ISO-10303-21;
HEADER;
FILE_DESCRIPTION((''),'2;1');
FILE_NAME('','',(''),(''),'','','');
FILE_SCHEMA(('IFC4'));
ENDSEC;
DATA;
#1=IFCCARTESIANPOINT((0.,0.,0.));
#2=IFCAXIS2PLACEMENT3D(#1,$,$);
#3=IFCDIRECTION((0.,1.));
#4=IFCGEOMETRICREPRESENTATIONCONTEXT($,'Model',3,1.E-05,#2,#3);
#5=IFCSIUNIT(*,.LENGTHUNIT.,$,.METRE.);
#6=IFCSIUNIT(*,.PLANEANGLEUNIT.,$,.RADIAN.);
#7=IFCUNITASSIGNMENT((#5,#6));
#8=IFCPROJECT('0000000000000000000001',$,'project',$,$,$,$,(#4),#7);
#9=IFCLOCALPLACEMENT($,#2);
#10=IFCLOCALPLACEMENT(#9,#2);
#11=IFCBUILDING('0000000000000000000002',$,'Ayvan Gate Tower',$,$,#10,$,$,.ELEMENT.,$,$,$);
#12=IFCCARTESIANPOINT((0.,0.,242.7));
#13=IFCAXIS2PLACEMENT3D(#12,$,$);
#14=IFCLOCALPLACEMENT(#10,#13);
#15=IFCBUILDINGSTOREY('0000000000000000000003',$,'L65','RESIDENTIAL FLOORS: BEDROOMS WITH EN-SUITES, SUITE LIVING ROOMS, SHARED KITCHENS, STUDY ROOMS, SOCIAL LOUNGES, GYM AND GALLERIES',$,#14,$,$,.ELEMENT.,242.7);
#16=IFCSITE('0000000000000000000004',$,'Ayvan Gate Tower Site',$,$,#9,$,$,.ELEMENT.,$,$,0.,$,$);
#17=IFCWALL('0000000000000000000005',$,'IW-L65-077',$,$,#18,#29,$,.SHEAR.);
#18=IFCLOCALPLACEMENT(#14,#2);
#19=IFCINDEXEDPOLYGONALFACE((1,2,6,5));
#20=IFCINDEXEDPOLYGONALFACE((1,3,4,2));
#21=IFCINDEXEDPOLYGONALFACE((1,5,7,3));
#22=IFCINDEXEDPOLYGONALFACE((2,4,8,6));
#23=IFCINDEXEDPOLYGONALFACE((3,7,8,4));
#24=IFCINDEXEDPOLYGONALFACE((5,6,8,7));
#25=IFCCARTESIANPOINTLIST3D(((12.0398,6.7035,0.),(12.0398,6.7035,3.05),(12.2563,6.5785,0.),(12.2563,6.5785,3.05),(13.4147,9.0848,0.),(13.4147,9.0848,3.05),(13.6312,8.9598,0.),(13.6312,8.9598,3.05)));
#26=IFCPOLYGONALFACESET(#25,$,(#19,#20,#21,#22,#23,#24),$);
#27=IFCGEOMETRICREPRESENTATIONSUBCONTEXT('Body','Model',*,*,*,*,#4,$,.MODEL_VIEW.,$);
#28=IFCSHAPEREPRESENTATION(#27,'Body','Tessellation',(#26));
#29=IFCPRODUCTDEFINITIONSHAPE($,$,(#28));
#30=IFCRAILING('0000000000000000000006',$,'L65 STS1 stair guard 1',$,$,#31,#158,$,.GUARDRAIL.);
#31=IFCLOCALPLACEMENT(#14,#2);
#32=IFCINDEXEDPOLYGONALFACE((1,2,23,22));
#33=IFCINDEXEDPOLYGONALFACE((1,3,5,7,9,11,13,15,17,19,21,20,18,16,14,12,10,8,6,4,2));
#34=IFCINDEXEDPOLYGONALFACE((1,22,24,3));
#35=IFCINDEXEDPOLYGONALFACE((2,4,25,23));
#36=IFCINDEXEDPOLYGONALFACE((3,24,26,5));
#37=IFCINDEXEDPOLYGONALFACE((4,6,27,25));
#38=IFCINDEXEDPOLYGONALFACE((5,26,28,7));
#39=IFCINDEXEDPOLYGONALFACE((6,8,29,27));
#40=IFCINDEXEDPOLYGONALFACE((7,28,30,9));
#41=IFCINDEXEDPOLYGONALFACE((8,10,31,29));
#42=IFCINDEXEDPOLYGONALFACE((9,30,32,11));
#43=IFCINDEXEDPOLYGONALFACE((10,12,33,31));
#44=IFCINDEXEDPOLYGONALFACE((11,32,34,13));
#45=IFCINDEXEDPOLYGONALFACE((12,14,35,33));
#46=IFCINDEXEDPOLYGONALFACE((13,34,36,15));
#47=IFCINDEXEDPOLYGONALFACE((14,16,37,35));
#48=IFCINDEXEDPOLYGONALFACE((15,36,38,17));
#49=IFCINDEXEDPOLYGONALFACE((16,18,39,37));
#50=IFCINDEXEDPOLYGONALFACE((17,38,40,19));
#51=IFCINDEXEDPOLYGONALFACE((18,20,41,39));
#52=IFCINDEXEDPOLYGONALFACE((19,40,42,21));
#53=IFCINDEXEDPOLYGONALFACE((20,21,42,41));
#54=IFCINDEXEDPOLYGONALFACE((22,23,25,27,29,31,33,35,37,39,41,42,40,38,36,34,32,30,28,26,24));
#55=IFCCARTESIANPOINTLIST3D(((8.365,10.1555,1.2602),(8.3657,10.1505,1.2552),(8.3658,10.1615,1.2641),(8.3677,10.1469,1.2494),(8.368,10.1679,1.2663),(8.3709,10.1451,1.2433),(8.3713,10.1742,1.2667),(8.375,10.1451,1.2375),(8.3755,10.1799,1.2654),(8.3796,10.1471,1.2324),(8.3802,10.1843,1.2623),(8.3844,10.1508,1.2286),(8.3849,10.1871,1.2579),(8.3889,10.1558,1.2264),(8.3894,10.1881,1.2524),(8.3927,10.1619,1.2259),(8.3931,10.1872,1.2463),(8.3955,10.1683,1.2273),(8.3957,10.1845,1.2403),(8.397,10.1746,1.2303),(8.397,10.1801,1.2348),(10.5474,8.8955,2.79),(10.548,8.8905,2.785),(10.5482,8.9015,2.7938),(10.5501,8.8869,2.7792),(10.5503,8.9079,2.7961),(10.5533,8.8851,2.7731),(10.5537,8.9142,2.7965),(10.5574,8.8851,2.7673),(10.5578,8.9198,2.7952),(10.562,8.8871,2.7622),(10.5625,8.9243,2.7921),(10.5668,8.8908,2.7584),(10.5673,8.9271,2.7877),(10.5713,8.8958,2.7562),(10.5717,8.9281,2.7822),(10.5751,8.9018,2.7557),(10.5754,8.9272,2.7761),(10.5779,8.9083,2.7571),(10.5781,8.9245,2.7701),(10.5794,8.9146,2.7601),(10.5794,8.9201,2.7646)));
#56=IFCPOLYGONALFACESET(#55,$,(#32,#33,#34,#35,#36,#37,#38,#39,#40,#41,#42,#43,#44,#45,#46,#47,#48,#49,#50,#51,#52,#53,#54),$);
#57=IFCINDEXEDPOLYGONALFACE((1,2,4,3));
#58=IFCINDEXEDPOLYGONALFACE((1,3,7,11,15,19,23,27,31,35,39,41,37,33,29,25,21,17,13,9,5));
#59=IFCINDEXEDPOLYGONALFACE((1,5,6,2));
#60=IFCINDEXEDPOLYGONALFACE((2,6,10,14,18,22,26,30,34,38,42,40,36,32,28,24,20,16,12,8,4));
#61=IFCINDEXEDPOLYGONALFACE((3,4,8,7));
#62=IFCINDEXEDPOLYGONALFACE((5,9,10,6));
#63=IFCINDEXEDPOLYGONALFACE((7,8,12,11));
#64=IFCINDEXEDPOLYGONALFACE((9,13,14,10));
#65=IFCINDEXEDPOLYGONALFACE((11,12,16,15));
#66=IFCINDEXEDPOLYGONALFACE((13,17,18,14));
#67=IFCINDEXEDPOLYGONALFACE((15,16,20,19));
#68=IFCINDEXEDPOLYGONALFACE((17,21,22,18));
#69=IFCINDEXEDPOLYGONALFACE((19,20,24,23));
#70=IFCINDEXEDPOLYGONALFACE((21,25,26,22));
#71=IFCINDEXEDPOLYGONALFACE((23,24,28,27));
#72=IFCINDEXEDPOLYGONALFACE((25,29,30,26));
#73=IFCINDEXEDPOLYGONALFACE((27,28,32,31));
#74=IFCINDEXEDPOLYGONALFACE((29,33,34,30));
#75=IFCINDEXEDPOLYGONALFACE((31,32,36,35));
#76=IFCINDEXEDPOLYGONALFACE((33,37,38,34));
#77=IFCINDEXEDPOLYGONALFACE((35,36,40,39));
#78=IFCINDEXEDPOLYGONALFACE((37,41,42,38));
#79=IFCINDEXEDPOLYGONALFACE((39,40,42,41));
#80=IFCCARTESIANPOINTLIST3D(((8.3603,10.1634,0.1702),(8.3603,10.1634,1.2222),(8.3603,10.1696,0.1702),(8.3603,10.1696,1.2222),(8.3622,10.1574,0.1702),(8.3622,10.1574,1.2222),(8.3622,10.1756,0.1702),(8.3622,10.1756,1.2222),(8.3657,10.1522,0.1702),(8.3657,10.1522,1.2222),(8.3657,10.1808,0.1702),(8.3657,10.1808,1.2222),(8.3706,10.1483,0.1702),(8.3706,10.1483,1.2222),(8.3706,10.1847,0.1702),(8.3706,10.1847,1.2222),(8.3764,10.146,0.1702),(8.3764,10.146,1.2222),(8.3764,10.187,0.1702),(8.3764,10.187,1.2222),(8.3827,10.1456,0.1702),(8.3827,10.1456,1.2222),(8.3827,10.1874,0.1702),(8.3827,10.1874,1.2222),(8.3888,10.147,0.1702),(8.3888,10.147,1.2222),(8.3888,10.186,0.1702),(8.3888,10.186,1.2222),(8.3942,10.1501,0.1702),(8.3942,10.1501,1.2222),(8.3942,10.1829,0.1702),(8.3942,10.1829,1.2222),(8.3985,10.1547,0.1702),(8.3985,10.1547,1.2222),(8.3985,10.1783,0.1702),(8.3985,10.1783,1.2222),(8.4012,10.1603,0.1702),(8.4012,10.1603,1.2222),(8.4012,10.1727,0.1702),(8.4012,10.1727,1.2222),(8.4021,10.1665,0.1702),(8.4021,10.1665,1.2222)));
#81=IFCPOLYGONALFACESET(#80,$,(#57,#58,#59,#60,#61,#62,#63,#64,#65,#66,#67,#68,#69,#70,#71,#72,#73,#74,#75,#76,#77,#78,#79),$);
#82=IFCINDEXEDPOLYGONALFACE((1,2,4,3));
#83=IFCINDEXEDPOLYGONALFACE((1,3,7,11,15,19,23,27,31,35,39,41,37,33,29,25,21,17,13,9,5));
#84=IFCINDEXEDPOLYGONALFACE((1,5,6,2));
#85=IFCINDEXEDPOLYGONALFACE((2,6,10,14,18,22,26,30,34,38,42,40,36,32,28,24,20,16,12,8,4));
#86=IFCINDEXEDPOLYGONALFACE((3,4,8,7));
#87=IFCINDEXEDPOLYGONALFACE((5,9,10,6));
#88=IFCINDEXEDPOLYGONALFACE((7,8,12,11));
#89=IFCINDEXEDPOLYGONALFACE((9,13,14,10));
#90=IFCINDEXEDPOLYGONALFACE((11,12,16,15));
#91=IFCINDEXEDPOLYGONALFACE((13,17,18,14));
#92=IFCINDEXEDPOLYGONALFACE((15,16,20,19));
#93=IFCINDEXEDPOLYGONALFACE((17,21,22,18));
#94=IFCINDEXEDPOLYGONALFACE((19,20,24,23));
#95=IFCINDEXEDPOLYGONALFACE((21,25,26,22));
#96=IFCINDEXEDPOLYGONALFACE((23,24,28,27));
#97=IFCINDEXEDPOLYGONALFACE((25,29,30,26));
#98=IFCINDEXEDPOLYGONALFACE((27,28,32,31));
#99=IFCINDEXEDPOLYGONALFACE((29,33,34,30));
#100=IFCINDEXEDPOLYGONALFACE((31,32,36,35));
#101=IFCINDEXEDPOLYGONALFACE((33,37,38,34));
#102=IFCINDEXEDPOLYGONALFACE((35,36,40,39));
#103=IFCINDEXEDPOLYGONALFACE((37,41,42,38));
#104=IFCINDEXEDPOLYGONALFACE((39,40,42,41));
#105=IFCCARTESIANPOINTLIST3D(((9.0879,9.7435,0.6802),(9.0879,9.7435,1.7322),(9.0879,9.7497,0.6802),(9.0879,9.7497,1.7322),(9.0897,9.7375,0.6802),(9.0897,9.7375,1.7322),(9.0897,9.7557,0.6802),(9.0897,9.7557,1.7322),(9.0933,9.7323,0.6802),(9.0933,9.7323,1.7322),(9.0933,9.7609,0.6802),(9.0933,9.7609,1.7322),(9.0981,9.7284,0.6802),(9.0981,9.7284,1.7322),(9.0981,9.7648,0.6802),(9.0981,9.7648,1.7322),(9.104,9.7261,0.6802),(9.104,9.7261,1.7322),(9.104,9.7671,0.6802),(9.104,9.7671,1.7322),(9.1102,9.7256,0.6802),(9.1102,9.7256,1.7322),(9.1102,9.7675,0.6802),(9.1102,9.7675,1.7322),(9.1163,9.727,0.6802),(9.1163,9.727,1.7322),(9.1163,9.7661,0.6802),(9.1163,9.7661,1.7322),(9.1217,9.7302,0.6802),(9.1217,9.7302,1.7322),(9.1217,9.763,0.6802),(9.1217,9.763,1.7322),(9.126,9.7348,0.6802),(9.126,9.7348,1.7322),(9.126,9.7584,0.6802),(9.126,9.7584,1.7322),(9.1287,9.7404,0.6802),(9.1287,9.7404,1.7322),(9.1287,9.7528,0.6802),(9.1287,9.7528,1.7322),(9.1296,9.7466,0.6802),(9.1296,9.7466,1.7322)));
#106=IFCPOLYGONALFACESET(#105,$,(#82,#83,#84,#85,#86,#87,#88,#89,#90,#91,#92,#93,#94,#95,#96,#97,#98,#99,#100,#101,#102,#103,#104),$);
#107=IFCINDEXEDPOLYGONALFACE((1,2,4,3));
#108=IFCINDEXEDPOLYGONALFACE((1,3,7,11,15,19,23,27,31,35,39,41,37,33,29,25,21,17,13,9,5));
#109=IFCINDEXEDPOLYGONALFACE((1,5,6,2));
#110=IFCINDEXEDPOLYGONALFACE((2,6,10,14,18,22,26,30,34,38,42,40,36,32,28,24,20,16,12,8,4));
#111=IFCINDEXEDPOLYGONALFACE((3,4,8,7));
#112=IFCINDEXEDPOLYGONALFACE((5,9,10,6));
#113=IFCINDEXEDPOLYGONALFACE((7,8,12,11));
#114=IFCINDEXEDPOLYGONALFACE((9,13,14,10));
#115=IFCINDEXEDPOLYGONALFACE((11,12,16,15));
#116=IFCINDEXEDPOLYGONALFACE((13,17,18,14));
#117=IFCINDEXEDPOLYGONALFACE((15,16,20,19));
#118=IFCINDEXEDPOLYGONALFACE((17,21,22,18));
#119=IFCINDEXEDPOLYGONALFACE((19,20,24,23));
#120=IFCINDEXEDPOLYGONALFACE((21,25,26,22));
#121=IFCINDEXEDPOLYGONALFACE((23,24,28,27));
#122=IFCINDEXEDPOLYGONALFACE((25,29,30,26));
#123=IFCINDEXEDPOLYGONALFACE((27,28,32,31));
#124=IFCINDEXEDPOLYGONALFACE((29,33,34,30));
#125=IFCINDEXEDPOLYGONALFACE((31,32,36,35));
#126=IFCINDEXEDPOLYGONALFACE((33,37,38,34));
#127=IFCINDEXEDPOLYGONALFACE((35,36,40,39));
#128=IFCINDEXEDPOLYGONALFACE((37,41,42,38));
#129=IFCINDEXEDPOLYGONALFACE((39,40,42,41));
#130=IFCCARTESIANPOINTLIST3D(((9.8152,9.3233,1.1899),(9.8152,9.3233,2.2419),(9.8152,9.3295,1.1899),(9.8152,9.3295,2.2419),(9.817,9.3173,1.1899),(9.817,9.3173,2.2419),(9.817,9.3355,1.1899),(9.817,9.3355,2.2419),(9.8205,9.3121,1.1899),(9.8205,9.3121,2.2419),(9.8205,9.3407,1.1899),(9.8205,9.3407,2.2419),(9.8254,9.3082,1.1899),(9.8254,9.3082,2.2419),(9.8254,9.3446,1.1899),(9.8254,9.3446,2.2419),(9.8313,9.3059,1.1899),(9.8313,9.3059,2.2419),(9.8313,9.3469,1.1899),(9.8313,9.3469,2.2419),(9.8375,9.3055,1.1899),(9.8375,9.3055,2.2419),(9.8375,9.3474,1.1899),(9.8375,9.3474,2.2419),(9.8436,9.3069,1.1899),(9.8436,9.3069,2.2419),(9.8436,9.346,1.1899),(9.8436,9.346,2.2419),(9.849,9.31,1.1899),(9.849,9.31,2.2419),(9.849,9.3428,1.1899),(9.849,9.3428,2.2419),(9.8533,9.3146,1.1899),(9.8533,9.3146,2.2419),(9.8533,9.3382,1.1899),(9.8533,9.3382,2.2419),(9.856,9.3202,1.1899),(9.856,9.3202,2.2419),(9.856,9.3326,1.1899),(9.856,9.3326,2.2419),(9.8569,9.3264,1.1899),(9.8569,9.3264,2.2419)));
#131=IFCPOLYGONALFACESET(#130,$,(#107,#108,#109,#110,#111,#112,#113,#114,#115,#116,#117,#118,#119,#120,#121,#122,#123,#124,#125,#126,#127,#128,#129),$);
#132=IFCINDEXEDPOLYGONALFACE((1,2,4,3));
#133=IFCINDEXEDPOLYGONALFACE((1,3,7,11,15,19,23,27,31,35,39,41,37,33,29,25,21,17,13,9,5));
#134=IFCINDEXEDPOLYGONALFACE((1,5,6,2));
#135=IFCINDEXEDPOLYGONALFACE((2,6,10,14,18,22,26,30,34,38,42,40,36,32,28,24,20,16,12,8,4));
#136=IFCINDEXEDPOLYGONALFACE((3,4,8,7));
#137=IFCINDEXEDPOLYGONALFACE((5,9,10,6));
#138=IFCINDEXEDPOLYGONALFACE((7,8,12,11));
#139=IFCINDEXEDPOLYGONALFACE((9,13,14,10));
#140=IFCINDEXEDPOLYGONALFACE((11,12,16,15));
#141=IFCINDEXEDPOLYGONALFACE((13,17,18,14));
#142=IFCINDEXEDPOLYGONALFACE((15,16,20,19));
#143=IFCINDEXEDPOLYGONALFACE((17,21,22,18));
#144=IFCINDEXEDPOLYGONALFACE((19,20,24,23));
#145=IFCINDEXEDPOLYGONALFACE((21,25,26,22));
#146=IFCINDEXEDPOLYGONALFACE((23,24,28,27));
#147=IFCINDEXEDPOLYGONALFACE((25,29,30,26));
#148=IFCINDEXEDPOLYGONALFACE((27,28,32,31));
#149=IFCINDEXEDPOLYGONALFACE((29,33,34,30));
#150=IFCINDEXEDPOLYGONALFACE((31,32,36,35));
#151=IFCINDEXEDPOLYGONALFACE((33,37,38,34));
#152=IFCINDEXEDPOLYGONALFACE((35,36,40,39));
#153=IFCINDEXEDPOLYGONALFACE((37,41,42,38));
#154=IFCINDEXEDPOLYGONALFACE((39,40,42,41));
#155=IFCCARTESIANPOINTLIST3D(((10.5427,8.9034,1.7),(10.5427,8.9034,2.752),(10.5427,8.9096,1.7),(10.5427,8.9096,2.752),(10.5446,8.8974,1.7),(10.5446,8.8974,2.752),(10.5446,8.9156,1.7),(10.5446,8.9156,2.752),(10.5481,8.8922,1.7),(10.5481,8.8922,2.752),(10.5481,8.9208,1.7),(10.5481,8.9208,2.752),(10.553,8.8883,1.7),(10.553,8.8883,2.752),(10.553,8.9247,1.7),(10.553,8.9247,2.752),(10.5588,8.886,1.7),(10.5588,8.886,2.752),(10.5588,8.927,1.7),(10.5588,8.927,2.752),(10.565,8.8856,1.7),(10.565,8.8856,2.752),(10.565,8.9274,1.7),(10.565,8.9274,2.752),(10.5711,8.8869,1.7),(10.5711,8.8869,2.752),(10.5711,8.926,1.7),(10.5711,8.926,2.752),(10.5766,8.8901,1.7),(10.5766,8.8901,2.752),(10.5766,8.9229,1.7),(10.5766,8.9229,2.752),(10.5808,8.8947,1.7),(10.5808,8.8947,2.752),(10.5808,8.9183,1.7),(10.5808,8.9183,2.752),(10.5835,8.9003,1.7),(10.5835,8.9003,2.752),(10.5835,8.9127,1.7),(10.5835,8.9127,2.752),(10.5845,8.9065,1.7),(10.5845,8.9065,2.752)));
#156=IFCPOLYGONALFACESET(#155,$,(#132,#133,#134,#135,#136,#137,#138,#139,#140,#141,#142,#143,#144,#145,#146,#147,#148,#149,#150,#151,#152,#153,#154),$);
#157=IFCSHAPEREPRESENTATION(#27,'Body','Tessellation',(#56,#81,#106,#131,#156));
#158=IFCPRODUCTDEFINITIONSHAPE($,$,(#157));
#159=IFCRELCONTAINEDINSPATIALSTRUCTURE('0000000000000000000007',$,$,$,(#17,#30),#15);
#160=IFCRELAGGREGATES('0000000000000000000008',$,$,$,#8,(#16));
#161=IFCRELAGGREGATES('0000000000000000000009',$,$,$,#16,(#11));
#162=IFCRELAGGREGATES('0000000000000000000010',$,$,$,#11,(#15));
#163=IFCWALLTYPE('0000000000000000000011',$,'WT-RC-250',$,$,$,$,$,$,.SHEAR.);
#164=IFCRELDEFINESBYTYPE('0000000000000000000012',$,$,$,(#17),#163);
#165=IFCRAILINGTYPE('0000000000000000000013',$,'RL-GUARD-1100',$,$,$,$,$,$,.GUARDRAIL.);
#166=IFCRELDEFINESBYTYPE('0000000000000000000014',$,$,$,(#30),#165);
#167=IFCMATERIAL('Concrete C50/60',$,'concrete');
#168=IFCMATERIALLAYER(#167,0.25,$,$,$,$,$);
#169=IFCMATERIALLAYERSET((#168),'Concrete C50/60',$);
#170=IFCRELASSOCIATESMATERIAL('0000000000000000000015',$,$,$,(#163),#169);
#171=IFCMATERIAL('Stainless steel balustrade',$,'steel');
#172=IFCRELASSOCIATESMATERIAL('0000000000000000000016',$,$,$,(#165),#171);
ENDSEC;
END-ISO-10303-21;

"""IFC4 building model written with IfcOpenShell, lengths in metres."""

from ifc_helpers import new_model, si_unit, direction, frame, frame_2d, origin, origin_2d, place, context, subcontext, project, spatial, rectangle, circle, extrude, material, layer, layer_set, type_object, element, save


model = new_model("IFC4")

# Units and contexts
model_context = context("Model", 3, precision=1e-05, world=origin(), true_north=direction((0.0, 1.0)))
body_context = subcontext(model_context, "Body", "Model", "MODEL_VIEW")
ifc_project = project(units=[si_unit("LENGTHUNIT", "METRE"), si_unit("PLANEANGLEUNIT", "RADIAN")], contexts=[model_context])

# Site, building, storey
site_placement = place(None, origin())
site = spatial("IfcSite", under=ifc_project, at=site_placement, Name="Ayvan Gate Tower Site", CompositionType="ELEMENT", RefElevation=0.0)
building_placement = place(site_placement, origin())
building = spatial("IfcBuilding", under=site, at=building_placement, Name="Ayvan Gate Tower", CompositionType="ELEMENT")
storey_placement = place(building_placement, frame((0.0, 0.0, 242.7)))
storey = spatial("IfcBuildingStorey", under=building, at=storey_placement, Name="L65", Description="RESIDENTIAL FLOORS: BEDROOMS WITH EN-SUITES, SUITE LIVING ROOMS, SHARED KITCHENS, STUDY ROOMS, SOCIAL LOUNGES, GYM AND GALLERIES", CompositionType="ELEMENT", Elevation=242.7)

# Shared definitions
ifc_material_1 = material(Name="Concrete C50/60", Category="concrete")

# Shared definitions
ifc_layer_1 = layer(ifc_material_1, 0.25)
ifc_layer_set_1 = layer_set([ifc_layer_1], Name="Concrete C50/60")
wall_type_1 = type_object("IfcWallType", Name="WT-RC-250", PredefinedType="SHEAR", material=ifc_layer_set_1)

# Wall
wall_1_placement = place(storey_placement, frame((12.1479, 6.6409, 0.0), z_axis=(0.0, 0.0, 1.0), x_axis=(0.500035, 0.866005, 0.0)))
element("IfcWall", 1, at=wall_1_placement, inside=storey, type_object=wall_type_1, Name="IW-L65-077", PredefinedType="SHEAR", context=body_context, shape_type="SweptSolid", body=[
    extrude(rectangle(XDim=2.7498, YDim=0.25, at=frame_2d((1.375, 0.0))), origin(), (0.0, 0.0, 1.0), 3.05),
])

# Railing
ifc_material_2 = material(Name="Stainless steel balustrade", Category="steel")
railing_type_1 = type_object("IfcRailingType", Name="RL-GUARD-1100", PredefinedType="GUARDRAIL", material=ifc_material_2)
railing_1_placement = place(storey_placement, frame((8.3811, 10.1665, 0.1702)))
element("IfcRailing", 2, at=railing_1_placement, inside=storey, type_object=railing_type_1, Name="L65 STS1 stair guard 1", PredefinedType="GUARDRAIL", context=body_context, shape_type="SweptSolid", body=[
    extrude(circle(Radius=0.0239, at=origin_2d()), frame((0.0, 0.0, 1.0762), z_axis=(0.740293, -0.427414, 0.518926), x_axis=(0.500005, 0.866023, 0.0)), (0.0, 0.0, 1.0), 2.948),
    extrude(circle(Radius=0.021, at=origin_2d()), origin(), (0.0, 0.0, 1.0), 1.052),
    extrude(circle(Radius=0.021, at=origin_2d()), frame((0.7275, -0.4199, 0.51)), (0.0, 0.0, 1.0), 1.052),
    extrude(circle(Radius=0.021, at=origin_2d()), frame((1.4548, -0.8401, 1.0198)), (0.0, 0.0, 1.0), 1.052),
    extrude(circle(Radius=0.021, at=origin_2d()), frame((2.1824, -1.26, 1.5298)), (0.0, 0.0, 1.0), 1.052),
])

save(model, "model.ifc")
